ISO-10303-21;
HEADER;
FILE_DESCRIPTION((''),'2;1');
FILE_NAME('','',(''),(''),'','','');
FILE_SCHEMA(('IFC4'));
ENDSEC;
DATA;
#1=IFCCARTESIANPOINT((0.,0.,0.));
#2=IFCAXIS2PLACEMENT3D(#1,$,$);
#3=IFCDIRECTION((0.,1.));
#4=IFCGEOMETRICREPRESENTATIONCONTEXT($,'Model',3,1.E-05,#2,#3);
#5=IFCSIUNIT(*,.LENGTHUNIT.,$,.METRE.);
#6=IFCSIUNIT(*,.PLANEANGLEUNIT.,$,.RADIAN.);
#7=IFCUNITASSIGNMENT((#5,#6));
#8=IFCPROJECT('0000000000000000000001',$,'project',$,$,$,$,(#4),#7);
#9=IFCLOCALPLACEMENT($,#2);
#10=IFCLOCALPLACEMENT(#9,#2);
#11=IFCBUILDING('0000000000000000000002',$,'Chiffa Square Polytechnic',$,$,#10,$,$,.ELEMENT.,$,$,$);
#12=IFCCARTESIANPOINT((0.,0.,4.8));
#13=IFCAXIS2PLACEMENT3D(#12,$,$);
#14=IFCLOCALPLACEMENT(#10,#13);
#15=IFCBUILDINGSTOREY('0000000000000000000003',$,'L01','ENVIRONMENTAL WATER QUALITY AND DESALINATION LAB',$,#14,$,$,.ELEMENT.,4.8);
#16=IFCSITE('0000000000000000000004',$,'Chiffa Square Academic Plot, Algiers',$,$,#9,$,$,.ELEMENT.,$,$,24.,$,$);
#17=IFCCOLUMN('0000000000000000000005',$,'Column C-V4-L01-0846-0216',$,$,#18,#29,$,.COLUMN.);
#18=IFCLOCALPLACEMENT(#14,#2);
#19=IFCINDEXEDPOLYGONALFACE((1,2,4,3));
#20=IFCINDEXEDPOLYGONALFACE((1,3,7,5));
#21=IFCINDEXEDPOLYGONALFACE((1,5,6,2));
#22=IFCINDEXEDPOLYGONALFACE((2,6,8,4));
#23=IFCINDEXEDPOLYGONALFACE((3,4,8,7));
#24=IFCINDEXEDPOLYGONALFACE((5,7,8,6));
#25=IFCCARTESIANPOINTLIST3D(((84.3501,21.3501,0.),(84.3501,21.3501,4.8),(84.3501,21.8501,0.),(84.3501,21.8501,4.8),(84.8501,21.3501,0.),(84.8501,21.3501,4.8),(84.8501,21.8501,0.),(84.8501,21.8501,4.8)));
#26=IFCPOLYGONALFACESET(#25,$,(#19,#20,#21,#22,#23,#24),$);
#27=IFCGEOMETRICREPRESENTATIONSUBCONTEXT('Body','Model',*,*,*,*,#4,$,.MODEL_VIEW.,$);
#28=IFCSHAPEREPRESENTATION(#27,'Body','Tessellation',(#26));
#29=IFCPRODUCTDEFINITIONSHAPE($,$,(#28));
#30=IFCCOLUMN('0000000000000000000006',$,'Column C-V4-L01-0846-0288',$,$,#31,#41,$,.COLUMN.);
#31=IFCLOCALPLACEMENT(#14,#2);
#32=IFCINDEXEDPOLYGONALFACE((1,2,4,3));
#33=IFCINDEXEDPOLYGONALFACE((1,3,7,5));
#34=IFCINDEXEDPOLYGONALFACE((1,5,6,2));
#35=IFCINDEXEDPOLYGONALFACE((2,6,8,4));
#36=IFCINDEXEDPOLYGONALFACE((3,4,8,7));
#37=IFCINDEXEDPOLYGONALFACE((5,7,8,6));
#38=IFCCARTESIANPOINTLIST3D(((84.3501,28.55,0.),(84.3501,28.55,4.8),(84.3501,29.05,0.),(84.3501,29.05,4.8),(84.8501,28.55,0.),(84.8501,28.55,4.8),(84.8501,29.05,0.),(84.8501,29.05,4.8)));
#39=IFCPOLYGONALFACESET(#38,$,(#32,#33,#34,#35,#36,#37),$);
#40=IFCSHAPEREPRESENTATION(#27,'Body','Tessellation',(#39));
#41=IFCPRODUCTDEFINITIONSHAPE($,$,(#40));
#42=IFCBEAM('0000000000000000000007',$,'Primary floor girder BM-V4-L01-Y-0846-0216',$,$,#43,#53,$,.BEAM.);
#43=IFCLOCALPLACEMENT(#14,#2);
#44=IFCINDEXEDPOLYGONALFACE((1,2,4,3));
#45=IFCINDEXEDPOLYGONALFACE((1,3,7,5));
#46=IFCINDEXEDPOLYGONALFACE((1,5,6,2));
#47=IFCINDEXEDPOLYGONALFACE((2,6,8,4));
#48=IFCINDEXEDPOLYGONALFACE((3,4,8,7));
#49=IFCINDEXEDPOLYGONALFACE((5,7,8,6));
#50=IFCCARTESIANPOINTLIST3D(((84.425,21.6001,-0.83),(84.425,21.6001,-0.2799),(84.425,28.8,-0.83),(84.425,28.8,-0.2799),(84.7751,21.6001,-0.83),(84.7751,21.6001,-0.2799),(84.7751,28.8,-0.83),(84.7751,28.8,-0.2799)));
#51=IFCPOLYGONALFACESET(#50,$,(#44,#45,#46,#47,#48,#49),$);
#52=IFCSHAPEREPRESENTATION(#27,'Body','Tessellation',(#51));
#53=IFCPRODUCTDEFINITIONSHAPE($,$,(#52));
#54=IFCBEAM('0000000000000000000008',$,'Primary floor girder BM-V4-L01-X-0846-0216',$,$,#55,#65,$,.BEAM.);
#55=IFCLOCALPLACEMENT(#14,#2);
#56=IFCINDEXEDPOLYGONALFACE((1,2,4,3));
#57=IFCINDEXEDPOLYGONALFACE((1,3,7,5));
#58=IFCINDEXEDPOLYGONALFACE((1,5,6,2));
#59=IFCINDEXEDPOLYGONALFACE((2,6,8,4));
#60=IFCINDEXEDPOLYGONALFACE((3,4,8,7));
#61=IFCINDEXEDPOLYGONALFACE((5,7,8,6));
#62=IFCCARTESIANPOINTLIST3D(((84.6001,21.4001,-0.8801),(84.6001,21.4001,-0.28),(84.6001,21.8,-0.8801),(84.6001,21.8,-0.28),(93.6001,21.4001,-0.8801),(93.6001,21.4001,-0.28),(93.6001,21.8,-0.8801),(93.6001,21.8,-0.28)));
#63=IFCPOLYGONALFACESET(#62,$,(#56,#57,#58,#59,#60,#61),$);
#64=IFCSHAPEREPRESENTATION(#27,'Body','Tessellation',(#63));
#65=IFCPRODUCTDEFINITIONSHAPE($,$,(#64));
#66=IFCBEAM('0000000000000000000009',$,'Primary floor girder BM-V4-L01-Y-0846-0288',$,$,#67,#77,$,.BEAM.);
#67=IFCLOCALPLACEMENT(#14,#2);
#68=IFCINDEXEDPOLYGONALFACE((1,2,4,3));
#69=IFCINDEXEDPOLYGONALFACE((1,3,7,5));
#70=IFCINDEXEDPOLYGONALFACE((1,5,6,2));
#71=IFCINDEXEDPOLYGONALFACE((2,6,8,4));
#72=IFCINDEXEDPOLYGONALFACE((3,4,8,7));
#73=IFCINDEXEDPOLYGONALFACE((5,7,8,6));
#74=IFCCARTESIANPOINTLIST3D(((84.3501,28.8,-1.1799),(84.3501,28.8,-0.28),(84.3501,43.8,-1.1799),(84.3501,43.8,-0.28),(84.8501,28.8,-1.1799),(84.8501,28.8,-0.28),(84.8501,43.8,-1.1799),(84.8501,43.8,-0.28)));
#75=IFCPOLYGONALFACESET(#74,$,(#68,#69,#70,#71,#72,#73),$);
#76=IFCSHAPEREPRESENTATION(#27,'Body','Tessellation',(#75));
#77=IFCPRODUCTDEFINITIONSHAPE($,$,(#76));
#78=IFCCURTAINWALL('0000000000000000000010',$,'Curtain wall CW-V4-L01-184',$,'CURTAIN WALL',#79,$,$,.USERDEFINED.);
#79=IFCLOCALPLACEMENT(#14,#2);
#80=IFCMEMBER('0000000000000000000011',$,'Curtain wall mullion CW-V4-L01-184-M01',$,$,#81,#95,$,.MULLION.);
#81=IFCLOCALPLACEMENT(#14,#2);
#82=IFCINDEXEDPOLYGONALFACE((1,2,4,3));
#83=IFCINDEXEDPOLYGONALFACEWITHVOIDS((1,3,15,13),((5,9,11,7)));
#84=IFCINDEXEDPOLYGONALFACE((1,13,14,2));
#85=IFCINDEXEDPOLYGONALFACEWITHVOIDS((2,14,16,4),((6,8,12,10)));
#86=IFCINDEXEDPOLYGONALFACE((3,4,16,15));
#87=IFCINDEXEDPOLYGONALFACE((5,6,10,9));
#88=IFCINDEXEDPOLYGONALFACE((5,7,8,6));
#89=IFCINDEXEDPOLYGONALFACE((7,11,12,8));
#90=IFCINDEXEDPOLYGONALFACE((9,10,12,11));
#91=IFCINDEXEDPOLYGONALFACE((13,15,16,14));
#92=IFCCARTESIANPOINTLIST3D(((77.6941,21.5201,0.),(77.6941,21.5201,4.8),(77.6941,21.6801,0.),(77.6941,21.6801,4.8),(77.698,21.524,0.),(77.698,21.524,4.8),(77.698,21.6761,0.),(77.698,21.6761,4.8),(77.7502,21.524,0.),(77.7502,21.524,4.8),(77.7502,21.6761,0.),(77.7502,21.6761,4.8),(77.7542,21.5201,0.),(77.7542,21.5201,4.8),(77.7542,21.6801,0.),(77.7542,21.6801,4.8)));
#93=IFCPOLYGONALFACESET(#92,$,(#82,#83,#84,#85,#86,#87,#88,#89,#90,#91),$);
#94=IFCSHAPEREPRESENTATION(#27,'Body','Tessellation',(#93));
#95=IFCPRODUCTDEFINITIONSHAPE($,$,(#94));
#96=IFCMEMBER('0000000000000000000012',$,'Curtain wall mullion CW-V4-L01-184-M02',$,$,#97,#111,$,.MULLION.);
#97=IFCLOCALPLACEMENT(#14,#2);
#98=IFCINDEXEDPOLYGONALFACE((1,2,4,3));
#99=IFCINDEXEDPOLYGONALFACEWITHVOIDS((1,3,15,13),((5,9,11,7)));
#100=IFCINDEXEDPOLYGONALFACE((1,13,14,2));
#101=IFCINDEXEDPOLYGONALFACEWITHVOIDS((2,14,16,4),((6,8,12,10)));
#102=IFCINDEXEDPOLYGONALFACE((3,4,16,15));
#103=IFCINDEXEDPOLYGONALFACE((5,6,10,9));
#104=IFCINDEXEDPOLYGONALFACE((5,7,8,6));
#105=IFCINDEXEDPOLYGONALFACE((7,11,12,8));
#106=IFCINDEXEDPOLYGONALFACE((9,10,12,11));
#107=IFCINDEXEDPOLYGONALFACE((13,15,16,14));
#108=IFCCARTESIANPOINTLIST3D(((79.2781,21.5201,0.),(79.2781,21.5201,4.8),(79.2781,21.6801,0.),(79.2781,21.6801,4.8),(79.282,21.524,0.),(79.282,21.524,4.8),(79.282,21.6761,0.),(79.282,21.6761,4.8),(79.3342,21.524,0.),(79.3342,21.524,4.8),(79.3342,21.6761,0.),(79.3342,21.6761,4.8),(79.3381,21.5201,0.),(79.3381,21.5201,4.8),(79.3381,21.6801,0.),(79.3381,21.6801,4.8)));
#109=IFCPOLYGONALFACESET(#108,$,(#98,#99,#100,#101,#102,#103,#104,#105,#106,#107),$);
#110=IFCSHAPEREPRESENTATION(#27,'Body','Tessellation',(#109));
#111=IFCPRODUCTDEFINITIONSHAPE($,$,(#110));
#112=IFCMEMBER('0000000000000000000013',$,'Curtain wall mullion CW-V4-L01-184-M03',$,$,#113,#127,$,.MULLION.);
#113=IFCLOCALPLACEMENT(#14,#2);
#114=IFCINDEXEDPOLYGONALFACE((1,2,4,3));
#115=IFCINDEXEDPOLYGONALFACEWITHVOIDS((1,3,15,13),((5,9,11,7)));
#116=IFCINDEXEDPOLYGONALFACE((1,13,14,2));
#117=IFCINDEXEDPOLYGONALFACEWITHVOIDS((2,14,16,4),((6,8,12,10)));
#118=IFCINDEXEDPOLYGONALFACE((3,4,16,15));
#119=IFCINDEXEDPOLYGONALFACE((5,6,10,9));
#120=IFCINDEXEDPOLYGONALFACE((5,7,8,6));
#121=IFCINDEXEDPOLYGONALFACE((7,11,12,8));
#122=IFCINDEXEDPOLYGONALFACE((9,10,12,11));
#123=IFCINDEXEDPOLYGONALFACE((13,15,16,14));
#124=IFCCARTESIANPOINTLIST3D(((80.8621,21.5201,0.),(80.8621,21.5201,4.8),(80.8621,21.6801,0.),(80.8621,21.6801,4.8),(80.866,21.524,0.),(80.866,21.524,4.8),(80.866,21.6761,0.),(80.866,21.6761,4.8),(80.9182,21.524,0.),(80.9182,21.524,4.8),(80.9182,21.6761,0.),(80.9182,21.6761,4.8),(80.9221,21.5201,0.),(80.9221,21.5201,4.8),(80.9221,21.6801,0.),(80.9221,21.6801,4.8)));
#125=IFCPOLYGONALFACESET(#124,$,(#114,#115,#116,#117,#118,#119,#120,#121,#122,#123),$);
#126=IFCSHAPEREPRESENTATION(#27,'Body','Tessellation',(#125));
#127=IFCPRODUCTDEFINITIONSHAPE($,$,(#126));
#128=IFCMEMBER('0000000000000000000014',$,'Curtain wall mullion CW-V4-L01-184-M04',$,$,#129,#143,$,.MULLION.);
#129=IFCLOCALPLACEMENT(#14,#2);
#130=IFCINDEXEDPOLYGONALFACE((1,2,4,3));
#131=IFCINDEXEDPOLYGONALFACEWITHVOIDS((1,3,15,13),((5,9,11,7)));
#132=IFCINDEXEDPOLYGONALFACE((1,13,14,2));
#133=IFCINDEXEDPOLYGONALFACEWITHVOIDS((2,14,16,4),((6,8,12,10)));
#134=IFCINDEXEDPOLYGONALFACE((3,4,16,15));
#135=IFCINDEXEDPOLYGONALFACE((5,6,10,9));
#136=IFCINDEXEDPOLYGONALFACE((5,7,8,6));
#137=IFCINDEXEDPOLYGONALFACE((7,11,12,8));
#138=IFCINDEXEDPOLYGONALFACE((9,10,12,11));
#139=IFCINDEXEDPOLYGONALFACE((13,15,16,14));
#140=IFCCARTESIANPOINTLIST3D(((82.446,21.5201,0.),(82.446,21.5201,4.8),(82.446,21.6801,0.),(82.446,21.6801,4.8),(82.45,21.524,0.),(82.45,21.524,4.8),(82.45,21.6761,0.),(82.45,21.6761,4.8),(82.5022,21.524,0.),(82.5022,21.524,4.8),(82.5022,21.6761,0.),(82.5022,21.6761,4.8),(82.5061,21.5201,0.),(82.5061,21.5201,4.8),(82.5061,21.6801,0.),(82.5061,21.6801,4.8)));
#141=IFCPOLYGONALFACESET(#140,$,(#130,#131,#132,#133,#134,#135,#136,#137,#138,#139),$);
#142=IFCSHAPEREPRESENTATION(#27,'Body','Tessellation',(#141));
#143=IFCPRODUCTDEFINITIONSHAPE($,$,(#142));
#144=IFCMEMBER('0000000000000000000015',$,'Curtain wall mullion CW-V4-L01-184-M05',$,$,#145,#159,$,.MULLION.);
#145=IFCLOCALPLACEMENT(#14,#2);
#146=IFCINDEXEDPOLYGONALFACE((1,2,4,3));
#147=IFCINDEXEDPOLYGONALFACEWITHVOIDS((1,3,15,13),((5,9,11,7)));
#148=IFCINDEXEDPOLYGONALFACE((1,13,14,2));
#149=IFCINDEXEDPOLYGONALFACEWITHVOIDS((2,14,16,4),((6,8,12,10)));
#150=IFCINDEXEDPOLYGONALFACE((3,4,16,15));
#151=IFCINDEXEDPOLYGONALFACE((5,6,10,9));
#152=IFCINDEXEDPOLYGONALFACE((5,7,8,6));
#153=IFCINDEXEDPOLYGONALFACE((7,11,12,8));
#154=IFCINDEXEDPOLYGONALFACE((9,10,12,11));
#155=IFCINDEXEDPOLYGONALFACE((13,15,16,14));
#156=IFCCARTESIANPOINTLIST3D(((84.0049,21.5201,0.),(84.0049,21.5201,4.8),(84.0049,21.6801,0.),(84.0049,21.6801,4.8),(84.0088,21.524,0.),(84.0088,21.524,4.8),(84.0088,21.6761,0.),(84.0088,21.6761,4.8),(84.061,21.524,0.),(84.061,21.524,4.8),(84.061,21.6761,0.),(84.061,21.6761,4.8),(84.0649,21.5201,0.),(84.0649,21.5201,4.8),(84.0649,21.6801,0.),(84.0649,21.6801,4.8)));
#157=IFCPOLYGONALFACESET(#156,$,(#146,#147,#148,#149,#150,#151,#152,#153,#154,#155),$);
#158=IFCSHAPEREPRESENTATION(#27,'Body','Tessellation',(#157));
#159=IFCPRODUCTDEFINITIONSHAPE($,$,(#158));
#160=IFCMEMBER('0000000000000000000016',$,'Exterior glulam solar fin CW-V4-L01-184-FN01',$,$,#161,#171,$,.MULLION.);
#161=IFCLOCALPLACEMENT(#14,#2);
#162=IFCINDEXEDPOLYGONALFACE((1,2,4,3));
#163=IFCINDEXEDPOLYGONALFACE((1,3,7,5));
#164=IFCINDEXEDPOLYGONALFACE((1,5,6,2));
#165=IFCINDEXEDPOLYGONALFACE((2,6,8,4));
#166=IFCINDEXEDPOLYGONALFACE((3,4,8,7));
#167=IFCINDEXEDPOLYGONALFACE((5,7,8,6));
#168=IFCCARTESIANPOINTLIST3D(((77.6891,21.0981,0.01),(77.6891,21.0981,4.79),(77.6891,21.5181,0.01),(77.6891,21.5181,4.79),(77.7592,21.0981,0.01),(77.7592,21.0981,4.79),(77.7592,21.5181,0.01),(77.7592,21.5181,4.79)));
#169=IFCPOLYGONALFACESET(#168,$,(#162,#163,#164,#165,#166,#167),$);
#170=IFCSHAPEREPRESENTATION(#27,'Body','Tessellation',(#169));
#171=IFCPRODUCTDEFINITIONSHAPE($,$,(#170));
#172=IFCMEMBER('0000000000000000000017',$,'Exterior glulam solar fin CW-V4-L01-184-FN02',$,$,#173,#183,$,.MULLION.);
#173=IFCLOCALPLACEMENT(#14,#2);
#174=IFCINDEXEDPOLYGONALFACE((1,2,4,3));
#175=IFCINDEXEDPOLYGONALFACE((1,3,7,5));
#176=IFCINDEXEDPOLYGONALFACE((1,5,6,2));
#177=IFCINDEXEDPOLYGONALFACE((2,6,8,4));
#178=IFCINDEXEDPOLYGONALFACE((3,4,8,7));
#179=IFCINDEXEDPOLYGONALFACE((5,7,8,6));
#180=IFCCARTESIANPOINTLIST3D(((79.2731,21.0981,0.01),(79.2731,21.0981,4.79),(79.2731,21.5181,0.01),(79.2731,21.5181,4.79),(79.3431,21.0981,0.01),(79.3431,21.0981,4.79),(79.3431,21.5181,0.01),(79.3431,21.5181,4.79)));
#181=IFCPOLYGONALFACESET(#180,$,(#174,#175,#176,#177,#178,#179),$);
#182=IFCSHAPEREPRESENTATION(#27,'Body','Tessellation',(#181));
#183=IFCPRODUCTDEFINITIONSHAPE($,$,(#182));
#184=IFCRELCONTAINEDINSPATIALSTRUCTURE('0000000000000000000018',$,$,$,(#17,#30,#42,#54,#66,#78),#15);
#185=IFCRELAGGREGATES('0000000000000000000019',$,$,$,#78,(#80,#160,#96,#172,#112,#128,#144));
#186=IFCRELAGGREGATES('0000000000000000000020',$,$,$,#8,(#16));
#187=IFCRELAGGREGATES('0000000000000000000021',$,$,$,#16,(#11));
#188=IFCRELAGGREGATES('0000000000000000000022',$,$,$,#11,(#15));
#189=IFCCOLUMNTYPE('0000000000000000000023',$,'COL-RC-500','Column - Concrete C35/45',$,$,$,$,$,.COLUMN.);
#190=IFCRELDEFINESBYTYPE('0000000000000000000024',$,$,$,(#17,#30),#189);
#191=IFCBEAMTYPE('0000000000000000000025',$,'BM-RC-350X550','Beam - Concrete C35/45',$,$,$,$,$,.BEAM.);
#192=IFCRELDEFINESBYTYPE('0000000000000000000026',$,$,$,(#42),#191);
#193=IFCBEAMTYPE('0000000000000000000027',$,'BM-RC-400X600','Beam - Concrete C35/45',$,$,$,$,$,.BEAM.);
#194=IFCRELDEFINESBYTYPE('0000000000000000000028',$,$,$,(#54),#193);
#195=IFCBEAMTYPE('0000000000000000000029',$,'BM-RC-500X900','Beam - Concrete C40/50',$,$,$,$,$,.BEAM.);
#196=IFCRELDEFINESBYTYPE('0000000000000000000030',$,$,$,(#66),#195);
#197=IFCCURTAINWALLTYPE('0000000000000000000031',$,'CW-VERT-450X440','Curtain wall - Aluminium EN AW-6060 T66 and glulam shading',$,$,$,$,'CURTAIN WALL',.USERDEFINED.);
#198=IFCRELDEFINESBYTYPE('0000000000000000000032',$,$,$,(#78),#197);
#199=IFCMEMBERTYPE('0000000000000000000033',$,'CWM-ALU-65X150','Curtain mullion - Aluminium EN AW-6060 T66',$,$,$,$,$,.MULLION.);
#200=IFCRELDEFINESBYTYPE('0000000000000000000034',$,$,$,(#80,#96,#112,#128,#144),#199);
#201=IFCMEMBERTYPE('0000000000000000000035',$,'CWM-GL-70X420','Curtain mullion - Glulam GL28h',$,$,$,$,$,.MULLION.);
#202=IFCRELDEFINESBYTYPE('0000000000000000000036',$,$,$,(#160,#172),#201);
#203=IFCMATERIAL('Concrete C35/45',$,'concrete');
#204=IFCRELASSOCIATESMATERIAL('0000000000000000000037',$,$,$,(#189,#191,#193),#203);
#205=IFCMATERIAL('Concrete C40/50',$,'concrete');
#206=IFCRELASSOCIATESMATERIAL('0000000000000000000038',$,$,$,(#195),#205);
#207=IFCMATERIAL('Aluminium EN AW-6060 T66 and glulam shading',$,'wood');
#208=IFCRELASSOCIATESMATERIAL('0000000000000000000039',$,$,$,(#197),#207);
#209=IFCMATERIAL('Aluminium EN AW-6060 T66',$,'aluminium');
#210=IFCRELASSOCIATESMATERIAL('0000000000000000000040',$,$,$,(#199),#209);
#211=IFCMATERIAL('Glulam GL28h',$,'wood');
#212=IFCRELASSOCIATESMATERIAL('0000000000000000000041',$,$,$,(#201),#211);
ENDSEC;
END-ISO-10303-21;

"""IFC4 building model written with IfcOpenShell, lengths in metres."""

from ifc_helpers import new_model, si_unit, direction, frame, origin, origin_2d, place, context, subcontext, project, spatial, rectangle, hollow_rectangle, extrude, material, material_profile, profile_set, type_object, element, aggregate, save


model = new_model("IFC4")

# Units and contexts
model_context = context("Model", 3, precision=1e-05, world=origin(), true_north=direction((0.0, 1.0)))
body_context = subcontext(model_context, "Body", "Model", "MODEL_VIEW")
ifc_project = project(units=[si_unit("LENGTHUNIT", "METRE"), si_unit("PLANEANGLEUNIT", "RADIAN")], contexts=[model_context])

# Site, building, storey
site_placement = place(None, origin())
site = spatial("IfcSite", under=ifc_project, at=site_placement, Name="Chiffa Square Academic Plot, Algiers", CompositionType="ELEMENT", RefElevation=24.0)
building_placement = place(site_placement, origin())
building = spatial("IfcBuilding", under=site, at=building_placement, Name="Chiffa Square Polytechnic", CompositionType="ELEMENT")
storey_placement = place(building_placement, frame((0.0, 0.0, 4.8)))
storey = spatial("IfcBuildingStorey", under=building, at=storey_placement, Name="L01", Description="ENVIRONMENTAL WATER QUALITY AND DESALINATION LAB", CompositionType="ELEMENT", Elevation=4.8)

# Columns
ifc_material_1 = material(Name="Concrete C35/45", Category="concrete")
ifc_material_profile_1 = material_profile(ifc_material_1, rectangle(XDim=0.5, YDim=0.5, at=origin_2d()), Name="RC 500x500")
ifc_profile_set_1 = profile_set([ifc_material_profile_1], Name="Concrete C35/45")
column_type = type_object("IfcColumnType", Name="COL-RC-500", Description="Column - Concrete C35/45", PredefinedType="COLUMN", material=ifc_profile_set_1)
for number, where, z_axis, x_axis, name in (
    (1, (84.6001, 21.6001, 0.0), (0.0, 0.0, 1.0), (1.0, 0.0, 0.0), "Column C-V4-L01-0846-0216"),
    (2, (84.6001, 28.8, 0.0), (0.0, 0.0, 1.0), (1.0, 0.0, 0.0), "Column C-V4-L01-0846-0288"),
):
    element("IfcColumn", number, at=place(storey_placement, frame(where, z_axis=z_axis, x_axis=x_axis)), inside=storey, type_object=column_type, Name=name, PredefinedType="COLUMN", context=body_context, shape_type="SweptSolid", body=[
        extrude(rectangle(XDim=0.5, YDim=0.5, at=origin_2d()), origin(), (0.0, 0.0, 1.0), 4.8),
    ])

# Beams
ifc_material_profile_2 = material_profile(ifc_material_1, rectangle(XDim=0.3501, YDim=0.55, at=origin_2d()), Name="RC 350x550")
ifc_profile_set_2 = profile_set([ifc_material_profile_2], Name="Concrete C35/45")
beam_type_1 = type_object("IfcBeamType", Name="BM-RC-350X550", Description="Beam - Concrete C35/45", PredefinedType="BEAM", material=ifc_profile_set_2)
beam_1_placement = place(storey_placement, frame((84.6001, 21.6001, -0.5549), z_axis=(0.0, 1.0, 0.0), x_axis=(-1.0, 0.0, 0.0)))
element("IfcBeam", 3, at=beam_1_placement, inside=storey, type_object=beam_type_1, Name="Primary floor girder BM-V4-L01-Y-0846-0216", PredefinedType="BEAM", context=body_context, shape_type="SweptSolid", body=[
    extrude(rectangle(XDim=0.3501, YDim=0.55, at=origin_2d()), origin(), (0.0, 0.0, 1.0), 7.2),
])
ifc_material_profile_3 = material_profile(ifc_material_1, rectangle(XDim=0.3999, YDim=0.6001, at=origin_2d()), Name="RC 400x600")
ifc_profile_set_3 = profile_set([ifc_material_profile_3], Name="Concrete C35/45")
beam_type_2 = type_object("IfcBeamType", Name="BM-RC-400X600", Description="Beam - Concrete C35/45", PredefinedType="BEAM", material=ifc_profile_set_3)
beam_2_placement = place(storey_placement, frame((84.6001, 21.6001, -0.5801), z_axis=(1.0, 0.0, 0.0), x_axis=(0.0, 1.0, 0.0)))
element("IfcBeam", 4, at=beam_2_placement, inside=storey, type_object=beam_type_2, Name="Primary floor girder BM-V4-L01-X-0846-0216", PredefinedType="BEAM", context=body_context, shape_type="SweptSolid", body=[
    extrude(rectangle(XDim=0.3999, YDim=0.6001, at=origin_2d()), origin(), (0.0, 0.0, 1.0), 9.0),
])
ifc_material_2 = material(Name="Concrete C40/50", Category="concrete")
ifc_material_profile_4 = material_profile(ifc_material_2, rectangle(XDim=0.5, YDim=0.8999, at=origin_2d()), Name="RC 500x900")
ifc_profile_set_4 = profile_set([ifc_material_profile_4], Name="Concrete C40/50")
beam_type_3 = type_object("IfcBeamType", Name="BM-RC-500X900", Description="Beam - Concrete C40/50", PredefinedType="BEAM", material=ifc_profile_set_4)
beam_3_placement = place(storey_placement, frame((84.6001, 28.8, -0.73), z_axis=(0.0, 1.0, 0.0), x_axis=(-1.0, 0.0, 0.0)))
element("IfcBeam", 5, at=beam_3_placement, inside=storey, type_object=beam_type_3, Name="Primary floor girder BM-V4-L01-Y-0846-0288", PredefinedType="BEAM", context=body_context, shape_type="SweptSolid", body=[
    extrude(rectangle(XDim=0.5, YDim=0.8999, at=origin_2d()), origin(), (0.0, 0.0, 1.0), 15.0),
])

# Curtain wall, members
ifc_material_3 = material(Name="Aluminium EN AW-6060 T66 and glulam shading", Category="wood")
curtain_wall_type = type_object("IfcCurtainWallType", Name="CW-VERT-450X440", Description="Curtain wall - Aluminium EN AW-6060 T66 and glulam shading", ElementType="CURTAIN WALL", PredefinedType="USERDEFINED", material=ifc_material_3)
curtain_wall_placement = place(storey_placement, origin())
curtain_wall = element("IfcCurtainWall", 6, at=curtain_wall_placement, inside=storey, type_object=curtain_wall_type, Name="Curtain wall CW-V4-L01-184", ObjectType="CURTAIN WALL", PredefinedType="USERDEFINED")
ifc_material_4 = material(Name="Aluminium EN AW-6060 T66", Category="aluminium")
ifc_material_profile_5 = material_profile(ifc_material_4, hollow_rectangle(XDim=0.0601, YDim=0.1599, WallThickness=0.0039, at=origin_2d()), Name="ALU 60x160x4")
ifc_profile_set_5 = profile_set([ifc_material_profile_5], Name="Aluminium EN AW-6060 T66")
member_type_1 = type_object("IfcMemberType", Name="CWM-ALU-65X150", Description="Curtain mullion - Aluminium EN AW-6060 T66", PredefinedType="MULLION", material=ifc_profile_set_5)
member_1_placement = place(storey_placement, frame((77.7241, 21.6001, 0.0), z_axis=(0.0, 0.0, 1.0), x_axis=(1.0, 0.0, 0.0)))
member_1 = element("IfcMember", 7, at=member_1_placement, type_object=member_type_1, Name="Curtain wall mullion CW-V4-L01-184-M01", PredefinedType="MULLION", context=body_context, shape_type="SweptSolid", body=[
    extrude(hollow_rectangle(XDim=0.0601, YDim=0.1599, WallThickness=0.0039, at=origin_2d()), origin(), (0.0, 0.0, 1.0), 4.8),
])
member_2_placement = place(storey_placement, frame((79.3081, 21.6001, 0.0), z_axis=(0.0, 0.0, 1.0), x_axis=(1.0, 0.0, 0.0)))
member_2 = element("IfcMember", 8, at=member_2_placement, type_object=member_type_1, Name="Curtain wall mullion CW-V4-L01-184-M02", PredefinedType="MULLION", context=body_context, shape_type="SweptSolid", body=[
    extrude(hollow_rectangle(XDim=0.0601, YDim=0.1599, WallThickness=0.0039, at=origin_2d()), origin(), (0.0, 0.0, 1.0), 4.8),
])
member_3_placement = place(storey_placement, frame((80.8921, 21.6001, 0.0), z_axis=(0.0, 0.0, 1.0), x_axis=(1.0, 0.0, 0.0)))
member_3 = element("IfcMember", 9, at=member_3_placement, type_object=member_type_1, Name="Curtain wall mullion CW-V4-L01-184-M03", PredefinedType="MULLION", context=body_context, shape_type="SweptSolid", body=[
    extrude(hollow_rectangle(XDim=0.0601, YDim=0.1599, WallThickness=0.0039, at=origin_2d()), origin(), (0.0, 0.0, 1.0), 4.8),
])
member_4_placement = place(storey_placement, frame((82.4761, 21.6001, 0.0), z_axis=(0.0, 0.0, 1.0), x_axis=(1.0, 0.0, 0.0)))
member_4 = element("IfcMember", 10, at=member_4_placement, type_object=member_type_1, Name="Curtain wall mullion CW-V4-L01-184-M04", PredefinedType="MULLION", context=body_context, shape_type="SweptSolid", body=[
    extrude(hollow_rectangle(XDim=0.0601, YDim=0.1599, WallThickness=0.0039, at=origin_2d()), origin(), (0.0, 0.0, 1.0), 4.8),
])
member_5_placement = place(storey_placement, frame((84.0349, 21.6001, 0.0), z_axis=(0.0, 0.0, 1.0), x_axis=(1.0, 0.0, 0.0)))
member_5 = element("IfcMember", 11, at=member_5_placement, type_object=member_type_1, Name="Curtain wall mullion CW-V4-L01-184-M05", PredefinedType="MULLION", context=body_context, shape_type="SweptSolid", body=[
    extrude(hollow_rectangle(XDim=0.0601, YDim=0.1599, WallThickness=0.0039, at=origin_2d()), origin(), (0.0, 0.0, 1.0), 4.8),
])
ifc_material_5 = material(Name="Glulam GL28h", Category="wood")
ifc_material_profile_6 = material_profile(ifc_material_5, rectangle(XDim=0.0701, YDim=0.4199, at=origin_2d()), Name="GL28h 70x420")
ifc_profile_set_6 = profile_set([ifc_material_profile_6], Name="Glulam GL28h")
member_type_2 = type_object("IfcMemberType", Name="CWM-GL-70X420", Description="Curtain mullion - Glulam GL28h", PredefinedType="MULLION", material=ifc_profile_set_6)
member_6_placement = place(storey_placement, frame((77.7241, 21.3081, 0.01), z_axis=(0.0, 0.0, 1.0), x_axis=(1.0, 0.0, 0.0)))
member_6 = element("IfcMember", 12, at=member_6_placement, type_object=member_type_2, Name="Exterior glulam solar fin CW-V4-L01-184-FN01", PredefinedType="MULLION", context=body_context, shape_type="SweptSolid", body=[
    extrude(rectangle(XDim=0.0701, YDim=0.4199, at=origin_2d()), origin(), (0.0, 0.0, 1.0), 4.78),
])
member_7_placement = place(storey_placement, frame((79.3081, 21.3081, 0.01), z_axis=(0.0, 0.0, 1.0), x_axis=(1.0, 0.0, 0.0)))
member_7 = element("IfcMember", 13, at=member_7_placement, type_object=member_type_2, Name="Exterior glulam solar fin CW-V4-L01-184-FN02", PredefinedType="MULLION", context=body_context, shape_type="SweptSolid", body=[
    extrude(rectangle(XDim=0.0701, YDim=0.4199, at=origin_2d()), origin(), (0.0, 0.0, 1.0), 4.78),
])

aggregate(curtain_wall, [member_1, member_6, member_2, member_7, member_3, member_4, member_5])

save(model, "model.ifc")
